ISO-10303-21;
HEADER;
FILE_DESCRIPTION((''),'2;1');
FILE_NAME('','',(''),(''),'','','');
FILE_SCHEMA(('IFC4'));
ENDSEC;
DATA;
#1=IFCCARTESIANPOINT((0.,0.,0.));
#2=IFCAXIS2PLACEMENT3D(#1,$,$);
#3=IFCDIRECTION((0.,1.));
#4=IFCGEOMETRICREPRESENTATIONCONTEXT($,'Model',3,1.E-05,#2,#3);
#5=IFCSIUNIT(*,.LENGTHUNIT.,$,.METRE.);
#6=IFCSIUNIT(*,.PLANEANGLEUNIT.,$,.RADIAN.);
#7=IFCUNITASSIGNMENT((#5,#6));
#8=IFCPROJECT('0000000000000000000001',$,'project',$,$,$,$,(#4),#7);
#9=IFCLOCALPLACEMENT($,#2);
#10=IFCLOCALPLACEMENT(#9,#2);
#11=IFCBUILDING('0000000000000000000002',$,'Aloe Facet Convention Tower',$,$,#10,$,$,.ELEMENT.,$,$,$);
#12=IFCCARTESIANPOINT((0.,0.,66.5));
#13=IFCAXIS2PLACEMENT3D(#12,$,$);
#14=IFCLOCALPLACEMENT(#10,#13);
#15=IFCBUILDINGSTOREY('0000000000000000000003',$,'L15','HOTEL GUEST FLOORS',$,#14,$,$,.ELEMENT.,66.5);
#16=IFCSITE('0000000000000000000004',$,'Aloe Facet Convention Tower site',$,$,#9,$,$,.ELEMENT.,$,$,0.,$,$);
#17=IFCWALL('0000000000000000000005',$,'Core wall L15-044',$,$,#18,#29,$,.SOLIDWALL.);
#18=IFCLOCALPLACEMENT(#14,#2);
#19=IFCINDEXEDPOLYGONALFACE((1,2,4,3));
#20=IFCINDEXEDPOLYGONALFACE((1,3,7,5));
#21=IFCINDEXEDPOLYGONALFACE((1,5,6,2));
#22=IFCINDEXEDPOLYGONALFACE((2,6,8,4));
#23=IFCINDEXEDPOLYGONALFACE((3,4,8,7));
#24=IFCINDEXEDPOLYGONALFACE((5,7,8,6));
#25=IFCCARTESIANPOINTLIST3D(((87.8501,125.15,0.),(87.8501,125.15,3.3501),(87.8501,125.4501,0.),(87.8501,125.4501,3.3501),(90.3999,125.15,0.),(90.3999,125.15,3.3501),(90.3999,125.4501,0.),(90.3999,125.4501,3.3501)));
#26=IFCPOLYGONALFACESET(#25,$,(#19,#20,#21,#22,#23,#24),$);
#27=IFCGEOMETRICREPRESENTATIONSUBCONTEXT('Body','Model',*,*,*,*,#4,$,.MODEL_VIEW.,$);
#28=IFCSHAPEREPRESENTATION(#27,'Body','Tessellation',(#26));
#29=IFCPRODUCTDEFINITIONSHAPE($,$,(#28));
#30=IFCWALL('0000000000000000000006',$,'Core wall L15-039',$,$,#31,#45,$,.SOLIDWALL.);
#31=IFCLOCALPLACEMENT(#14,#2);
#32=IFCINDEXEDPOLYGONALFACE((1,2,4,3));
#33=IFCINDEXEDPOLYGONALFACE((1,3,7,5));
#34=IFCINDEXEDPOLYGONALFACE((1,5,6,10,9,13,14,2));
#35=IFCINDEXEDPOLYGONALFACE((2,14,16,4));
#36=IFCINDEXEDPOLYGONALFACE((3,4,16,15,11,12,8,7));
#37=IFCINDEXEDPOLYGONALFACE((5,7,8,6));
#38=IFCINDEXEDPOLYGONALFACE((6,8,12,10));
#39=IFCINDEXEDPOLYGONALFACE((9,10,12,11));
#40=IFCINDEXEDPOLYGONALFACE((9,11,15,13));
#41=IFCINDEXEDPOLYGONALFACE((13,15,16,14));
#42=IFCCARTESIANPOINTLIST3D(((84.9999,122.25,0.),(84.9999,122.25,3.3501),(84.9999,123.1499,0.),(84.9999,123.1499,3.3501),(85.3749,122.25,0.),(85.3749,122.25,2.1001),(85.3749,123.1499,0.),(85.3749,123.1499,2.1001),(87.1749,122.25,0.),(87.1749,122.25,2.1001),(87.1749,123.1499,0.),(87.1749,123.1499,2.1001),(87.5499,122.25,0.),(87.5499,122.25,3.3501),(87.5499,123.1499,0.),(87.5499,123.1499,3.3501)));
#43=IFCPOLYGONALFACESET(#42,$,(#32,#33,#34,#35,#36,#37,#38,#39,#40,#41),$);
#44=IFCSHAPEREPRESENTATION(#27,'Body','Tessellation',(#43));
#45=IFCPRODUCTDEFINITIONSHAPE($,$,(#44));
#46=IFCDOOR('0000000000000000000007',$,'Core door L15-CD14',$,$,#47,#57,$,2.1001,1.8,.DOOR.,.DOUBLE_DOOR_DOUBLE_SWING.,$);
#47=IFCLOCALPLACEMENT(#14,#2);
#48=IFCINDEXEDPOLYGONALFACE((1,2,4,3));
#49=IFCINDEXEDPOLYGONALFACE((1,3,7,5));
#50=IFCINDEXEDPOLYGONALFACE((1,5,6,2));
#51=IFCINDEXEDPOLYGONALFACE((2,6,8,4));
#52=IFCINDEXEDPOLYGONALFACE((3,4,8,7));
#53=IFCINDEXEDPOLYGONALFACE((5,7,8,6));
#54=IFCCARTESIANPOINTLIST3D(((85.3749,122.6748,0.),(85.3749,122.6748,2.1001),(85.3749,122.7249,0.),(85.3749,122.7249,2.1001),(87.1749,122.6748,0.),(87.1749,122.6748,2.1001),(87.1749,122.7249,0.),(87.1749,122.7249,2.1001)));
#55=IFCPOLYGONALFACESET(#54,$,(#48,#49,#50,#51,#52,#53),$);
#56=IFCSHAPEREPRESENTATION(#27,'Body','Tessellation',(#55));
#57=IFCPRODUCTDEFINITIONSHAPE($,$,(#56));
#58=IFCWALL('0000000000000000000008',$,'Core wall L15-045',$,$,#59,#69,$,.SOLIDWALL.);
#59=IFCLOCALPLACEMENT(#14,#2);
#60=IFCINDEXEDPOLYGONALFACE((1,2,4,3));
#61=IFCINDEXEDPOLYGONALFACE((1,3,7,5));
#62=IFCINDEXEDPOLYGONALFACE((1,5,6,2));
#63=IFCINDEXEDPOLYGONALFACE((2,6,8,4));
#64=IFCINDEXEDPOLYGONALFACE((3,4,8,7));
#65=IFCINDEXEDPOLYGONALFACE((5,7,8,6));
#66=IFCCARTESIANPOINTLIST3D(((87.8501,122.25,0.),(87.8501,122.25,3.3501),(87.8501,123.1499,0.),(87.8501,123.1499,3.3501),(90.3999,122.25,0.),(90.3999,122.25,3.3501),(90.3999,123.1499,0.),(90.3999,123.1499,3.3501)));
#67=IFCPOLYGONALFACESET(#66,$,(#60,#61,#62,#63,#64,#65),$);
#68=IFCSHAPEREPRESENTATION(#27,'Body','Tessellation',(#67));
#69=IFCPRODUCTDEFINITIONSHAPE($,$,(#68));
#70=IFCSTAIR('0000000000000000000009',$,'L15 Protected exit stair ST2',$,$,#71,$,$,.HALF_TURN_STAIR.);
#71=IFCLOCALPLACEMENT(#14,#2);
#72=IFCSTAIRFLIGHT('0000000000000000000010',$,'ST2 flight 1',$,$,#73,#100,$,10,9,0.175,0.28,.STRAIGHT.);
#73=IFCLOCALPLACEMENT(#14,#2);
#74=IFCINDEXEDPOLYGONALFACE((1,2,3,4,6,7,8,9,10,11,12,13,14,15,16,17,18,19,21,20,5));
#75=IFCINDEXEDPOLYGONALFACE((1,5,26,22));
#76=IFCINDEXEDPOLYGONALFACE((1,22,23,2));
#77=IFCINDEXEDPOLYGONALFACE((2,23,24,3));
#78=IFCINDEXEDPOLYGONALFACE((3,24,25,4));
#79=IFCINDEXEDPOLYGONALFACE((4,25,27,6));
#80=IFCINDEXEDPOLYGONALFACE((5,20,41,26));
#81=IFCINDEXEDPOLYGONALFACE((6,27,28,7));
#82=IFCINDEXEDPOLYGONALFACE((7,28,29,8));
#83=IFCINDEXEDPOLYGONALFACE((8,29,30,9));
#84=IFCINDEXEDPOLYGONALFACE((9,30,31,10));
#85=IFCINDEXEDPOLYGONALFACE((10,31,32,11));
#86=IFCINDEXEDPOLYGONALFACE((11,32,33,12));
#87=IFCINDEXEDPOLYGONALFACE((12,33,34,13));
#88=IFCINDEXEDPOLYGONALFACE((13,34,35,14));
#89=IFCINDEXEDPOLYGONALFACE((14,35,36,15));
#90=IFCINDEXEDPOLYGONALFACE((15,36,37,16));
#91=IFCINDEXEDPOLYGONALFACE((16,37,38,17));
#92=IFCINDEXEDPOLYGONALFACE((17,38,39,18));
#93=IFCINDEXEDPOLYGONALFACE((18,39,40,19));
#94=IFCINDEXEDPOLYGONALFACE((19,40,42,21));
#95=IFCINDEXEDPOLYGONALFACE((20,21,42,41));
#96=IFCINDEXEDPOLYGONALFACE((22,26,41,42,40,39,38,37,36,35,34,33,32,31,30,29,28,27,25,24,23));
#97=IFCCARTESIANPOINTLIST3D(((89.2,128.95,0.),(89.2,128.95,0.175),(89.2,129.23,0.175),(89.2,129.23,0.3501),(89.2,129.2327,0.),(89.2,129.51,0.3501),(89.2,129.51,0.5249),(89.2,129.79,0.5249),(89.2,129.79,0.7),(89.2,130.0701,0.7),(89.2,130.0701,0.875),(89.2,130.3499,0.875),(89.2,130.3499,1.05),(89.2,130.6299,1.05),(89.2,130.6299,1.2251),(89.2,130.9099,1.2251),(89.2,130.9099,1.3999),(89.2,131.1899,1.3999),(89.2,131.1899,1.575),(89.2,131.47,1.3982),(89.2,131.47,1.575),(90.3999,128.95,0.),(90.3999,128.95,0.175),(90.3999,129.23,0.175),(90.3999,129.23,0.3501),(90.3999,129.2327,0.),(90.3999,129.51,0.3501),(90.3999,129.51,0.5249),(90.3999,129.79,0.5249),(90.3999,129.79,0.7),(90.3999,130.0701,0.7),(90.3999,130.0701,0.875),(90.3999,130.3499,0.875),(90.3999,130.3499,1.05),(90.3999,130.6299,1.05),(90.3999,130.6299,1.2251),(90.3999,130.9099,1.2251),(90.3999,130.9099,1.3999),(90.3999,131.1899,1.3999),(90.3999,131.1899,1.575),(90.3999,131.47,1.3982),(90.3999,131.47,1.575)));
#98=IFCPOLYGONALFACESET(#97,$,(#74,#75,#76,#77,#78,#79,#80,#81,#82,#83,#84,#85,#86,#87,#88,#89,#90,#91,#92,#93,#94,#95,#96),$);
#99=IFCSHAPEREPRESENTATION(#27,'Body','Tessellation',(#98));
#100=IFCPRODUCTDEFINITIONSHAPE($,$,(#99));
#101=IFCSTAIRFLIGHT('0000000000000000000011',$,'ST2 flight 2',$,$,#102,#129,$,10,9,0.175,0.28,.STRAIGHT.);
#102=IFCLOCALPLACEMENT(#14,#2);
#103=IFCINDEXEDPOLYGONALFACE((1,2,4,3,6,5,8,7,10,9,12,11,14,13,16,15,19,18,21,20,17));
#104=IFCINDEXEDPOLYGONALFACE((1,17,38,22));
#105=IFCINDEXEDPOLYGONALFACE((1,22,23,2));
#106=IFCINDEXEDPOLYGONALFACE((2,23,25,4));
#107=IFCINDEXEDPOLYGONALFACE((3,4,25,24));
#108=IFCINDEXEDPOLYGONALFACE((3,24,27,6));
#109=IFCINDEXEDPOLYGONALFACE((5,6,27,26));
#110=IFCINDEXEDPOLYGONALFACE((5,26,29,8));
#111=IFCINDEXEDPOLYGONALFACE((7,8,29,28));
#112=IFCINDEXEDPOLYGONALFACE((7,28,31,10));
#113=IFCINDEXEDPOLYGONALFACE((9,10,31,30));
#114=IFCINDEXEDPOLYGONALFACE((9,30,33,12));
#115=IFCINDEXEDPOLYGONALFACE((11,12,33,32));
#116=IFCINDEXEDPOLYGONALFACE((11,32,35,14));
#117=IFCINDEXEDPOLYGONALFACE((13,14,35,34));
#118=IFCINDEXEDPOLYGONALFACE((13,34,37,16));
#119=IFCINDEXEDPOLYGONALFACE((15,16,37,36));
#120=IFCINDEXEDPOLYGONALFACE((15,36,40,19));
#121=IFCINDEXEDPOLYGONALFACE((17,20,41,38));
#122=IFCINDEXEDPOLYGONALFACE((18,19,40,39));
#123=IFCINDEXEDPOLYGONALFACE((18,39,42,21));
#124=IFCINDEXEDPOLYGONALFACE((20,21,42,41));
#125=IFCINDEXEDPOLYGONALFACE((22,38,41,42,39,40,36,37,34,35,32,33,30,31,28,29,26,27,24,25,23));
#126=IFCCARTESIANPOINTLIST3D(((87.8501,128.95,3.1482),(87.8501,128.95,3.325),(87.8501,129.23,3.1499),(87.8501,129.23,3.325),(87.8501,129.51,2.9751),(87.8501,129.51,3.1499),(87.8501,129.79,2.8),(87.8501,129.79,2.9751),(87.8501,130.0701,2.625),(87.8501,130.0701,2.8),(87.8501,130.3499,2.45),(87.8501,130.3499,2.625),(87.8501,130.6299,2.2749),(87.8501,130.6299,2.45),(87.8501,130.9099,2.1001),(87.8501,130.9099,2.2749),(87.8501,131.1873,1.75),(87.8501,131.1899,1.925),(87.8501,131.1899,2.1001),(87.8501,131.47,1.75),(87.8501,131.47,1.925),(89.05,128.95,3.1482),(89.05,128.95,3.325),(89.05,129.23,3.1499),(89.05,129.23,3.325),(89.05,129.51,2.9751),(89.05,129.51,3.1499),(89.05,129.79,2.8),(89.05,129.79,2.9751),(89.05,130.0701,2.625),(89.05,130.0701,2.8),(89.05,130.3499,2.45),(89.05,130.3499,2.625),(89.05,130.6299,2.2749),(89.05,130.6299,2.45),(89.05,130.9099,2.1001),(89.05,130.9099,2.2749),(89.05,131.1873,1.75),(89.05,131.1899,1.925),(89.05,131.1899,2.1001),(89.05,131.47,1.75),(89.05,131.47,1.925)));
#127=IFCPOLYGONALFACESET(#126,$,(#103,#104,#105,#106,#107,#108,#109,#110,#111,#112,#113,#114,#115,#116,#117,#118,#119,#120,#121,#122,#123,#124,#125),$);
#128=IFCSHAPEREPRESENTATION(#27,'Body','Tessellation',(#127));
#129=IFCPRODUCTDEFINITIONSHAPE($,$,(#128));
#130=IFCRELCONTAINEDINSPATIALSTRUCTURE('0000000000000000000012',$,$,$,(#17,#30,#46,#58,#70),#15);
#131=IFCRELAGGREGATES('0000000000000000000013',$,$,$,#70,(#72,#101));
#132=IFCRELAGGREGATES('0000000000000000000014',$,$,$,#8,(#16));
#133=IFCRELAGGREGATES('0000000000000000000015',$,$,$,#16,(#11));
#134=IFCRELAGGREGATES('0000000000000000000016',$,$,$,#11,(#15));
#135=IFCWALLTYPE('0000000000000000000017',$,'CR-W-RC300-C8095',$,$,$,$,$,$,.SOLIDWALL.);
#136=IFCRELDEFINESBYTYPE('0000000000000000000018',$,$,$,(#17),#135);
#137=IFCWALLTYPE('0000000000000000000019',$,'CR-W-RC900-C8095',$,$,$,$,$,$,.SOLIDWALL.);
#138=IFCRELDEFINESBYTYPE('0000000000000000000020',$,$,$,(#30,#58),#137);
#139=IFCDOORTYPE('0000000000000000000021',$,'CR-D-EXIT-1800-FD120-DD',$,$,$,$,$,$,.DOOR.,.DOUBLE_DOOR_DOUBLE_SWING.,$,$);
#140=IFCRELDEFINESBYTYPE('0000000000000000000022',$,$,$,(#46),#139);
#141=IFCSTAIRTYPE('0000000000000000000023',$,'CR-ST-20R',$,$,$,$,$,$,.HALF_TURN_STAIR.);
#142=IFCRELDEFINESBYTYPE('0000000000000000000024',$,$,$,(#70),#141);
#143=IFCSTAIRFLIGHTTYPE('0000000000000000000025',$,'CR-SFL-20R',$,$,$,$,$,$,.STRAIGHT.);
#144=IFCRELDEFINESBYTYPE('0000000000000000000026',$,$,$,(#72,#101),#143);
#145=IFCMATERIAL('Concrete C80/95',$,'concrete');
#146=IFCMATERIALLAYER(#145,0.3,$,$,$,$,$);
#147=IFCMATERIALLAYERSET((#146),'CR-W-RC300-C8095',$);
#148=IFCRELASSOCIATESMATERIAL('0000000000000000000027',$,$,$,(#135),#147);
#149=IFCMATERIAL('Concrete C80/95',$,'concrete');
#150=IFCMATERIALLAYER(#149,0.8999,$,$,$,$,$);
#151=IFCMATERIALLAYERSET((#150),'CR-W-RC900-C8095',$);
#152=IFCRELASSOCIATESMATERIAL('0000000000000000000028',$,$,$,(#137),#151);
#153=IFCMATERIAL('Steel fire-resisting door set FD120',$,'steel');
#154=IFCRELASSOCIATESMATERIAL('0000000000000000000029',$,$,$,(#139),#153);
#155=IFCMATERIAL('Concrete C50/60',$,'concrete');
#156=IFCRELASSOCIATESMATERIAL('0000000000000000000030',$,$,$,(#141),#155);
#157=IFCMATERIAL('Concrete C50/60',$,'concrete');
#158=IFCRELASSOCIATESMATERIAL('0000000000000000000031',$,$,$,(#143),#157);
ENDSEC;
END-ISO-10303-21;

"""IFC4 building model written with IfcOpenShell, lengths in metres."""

from ifc_helpers import new_model, si_unit, direction, frame, frame_2d, origin, place, context, subcontext, project, spatial, polyline, rectangle, outline, extrude, material, layer, layer_set, type_object, element, fill, aggregate, save


model = new_model("IFC4")

# Units and contexts
model_context = context("Model", 3, precision=1e-05, world=origin(), true_north=direction((0.0, 1.0)))
body_context = subcontext(model_context, "Body", "Model", "MODEL_VIEW")
ifc_project = project(units=[si_unit("LENGTHUNIT", "METRE"), si_unit("PLANEANGLEUNIT", "RADIAN")], contexts=[model_context])

# Site, building, storey
site_placement = place(None, origin())
site = spatial("IfcSite", under=ifc_project, at=site_placement, Name="Aloe Facet Convention Tower site", CompositionType="ELEMENT", RefElevation=0.0)
building_placement = place(site_placement, origin())
building = spatial("IfcBuilding", under=site, at=building_placement, Name="Aloe Facet Convention Tower", CompositionType="ELEMENT")
storey_placement = place(building_placement, frame((0.0, 0.0, 66.5)))
storey = spatial("IfcBuildingStorey", under=building, at=storey_placement, Name="L15", Description="HOTEL GUEST FLOORS", CompositionType="ELEMENT", Elevation=66.5)

# Shared definitions
ifc_material_1 = material(Name="Concrete C80/95", Category="concrete")
ifc_layer_1 = layer(ifc_material_1, 0.3)
ifc_layer_set_1 = layer_set([ifc_layer_1], Name="CR-W-RC300-C8095")
wall_type_1 = type_object("IfcWallType", Name="CR-W-RC300-C8095", PredefinedType="SOLIDWALL", material=ifc_layer_set_1)

# Wall
for number, where, z_axis, x_axis, name in (
    (1, (87.8501, 125.3, 0.0), (0.0, 0.0, 1.0), (1.0, 0.0, 0.0), "Core wall L15-044"),
):
    element("IfcWall", number, at=place(storey_placement, frame(where, z_axis=z_axis, x_axis=x_axis)), inside=storey, type_object=wall_type_1, Name=name, PredefinedType="SOLIDWALL", context=body_context, shape_type="SweptSolid", body=[
        extrude(rectangle(XDim=2.5498, YDim=0.3, at=frame_2d((1.2749, 0.0))), origin(), (0.0, 0.0, 1.0), 3.3501),
    ])

# Wall, opening, door
ifc_material_2 = material(Name="Concrete C80/95", Category="concrete")
ifc_layer_2 = layer(ifc_material_2, 0.8999)
ifc_layer_set_2 = layer_set([ifc_layer_2], Name="CR-W-RC900-C8095")
wall_type_2 = type_object("IfcWallType", Name="CR-W-RC900-C8095", PredefinedType="SOLIDWALL", material=ifc_layer_set_2)
wall_1_placement = place(storey_placement, frame((85.0, 122.7, 0.0), z_axis=(0.0, 0.0, 1.0), x_axis=(1.0, 0.0, 0.0)))
wall_1 = element("IfcWall", 2, at=wall_1_placement, inside=storey, type_object=wall_type_2, Name="Core wall L15-039", PredefinedType="SOLIDWALL", context=body_context, shape_type="SweptSolid", body=[
    extrude(rectangle(XDim=2.55, YDim=0.8999, at=frame_2d((1.2749, 0.0))), origin(), (0.0, 0.0, 1.0), 3.3501),
])
opening_1_placement = place(wall_1_placement, frame((0.375, 0.0, 0.0)))
opening_1 = element("IfcOpeningElement", 3, at=opening_1_placement, cuts=wall_1, PredefinedType="OPENING", context=body_context, shape_type="SweptSolid", body=[
    extrude(rectangle(XDim=1.8, YDim=2.1001, at=frame_2d((0.8999, 1.05))), frame((0.0, 0.46, 0.0), z_axis=(0.0, -1.0, 0.0), x_axis=(1.0, 0.0, 0.0)), (0.0, 0.0, 1.0), 0.9199),
])
ifc_material_3 = material(Name="Steel fire-resisting door set FD120", Category="steel")
door_type_1 = type_object("IfcDoorType", Name="CR-D-EXIT-1800-FD120-DD", OperationType="DOUBLE_DOOR_DOUBLE_SWING", PredefinedType="DOOR", material=ifc_material_3)
door_1_placement = place(opening_1_placement, origin())
door_1 = element("IfcDoor", 4, at=door_1_placement, inside=storey, type_object=door_type_1, Name="Core door L15-CD14", OperationType="DOUBLE_DOOR_DOUBLE_SWING", OverallHeight=2.1001, OverallWidth=1.8, PredefinedType="DOOR", context=body_context, shape_type="SweptSolid", body=[
    extrude(rectangle(XDim=1.8, YDim=2.1001, at=frame_2d((0.8999, 1.05))), frame((0.0, 0.0249, 0.0), z_axis=(0.0, -1.0, 0.0), x_axis=(1.0, 0.0, 0.0)), (0.0, 0.0, 1.0), 0.05),
])
fill(opening_1, door_1)

# Wall
wall_2_placement = place(storey_placement, frame((87.8501, 122.7, 0.0), z_axis=(0.0, 0.0, 1.0), x_axis=(1.0, 0.0, 0.0)))
element("IfcWall", 5, at=wall_2_placement, inside=storey, type_object=wall_type_2, Name="Core wall L15-045", PredefinedType="SOLIDWALL", context=body_context, shape_type="SweptSolid", body=[
    extrude(rectangle(XDim=2.5498, YDim=0.8999, at=frame_2d((1.2749, 0.0))), origin(), (0.0, 0.0, 1.0), 3.3501),
])

# Stair, stair flights
ifc_material_4 = material(Name="Concrete C50/60", Category="concrete")
stair_type = type_object("IfcStairType", Name="CR-ST-20R", PredefinedType="HALF_TURN_STAIR", material=ifc_material_4)
stair_placement = place(storey_placement, origin())
stair = element("IfcStair", 6, at=stair_placement, inside=storey, type_object=stair_type, Name="L15 Protected exit stair ST2", PredefinedType="HALF_TURN_STAIR")
ifc_material_5 = material(Name="Concrete C50/60", Category="concrete")
stair_flight_type = type_object("IfcStairFlightType", Name="CR-SFL-20R", PredefinedType="STRAIGHT", material=ifc_material_5)
stair_flight_1_placement = place(storey_placement, frame((89.8, 128.95, 0.0), z_axis=(0.0, 0.0, 1.0), x_axis=(0.0, 1.0, 0.0)))
stair_flight_1 = element("IfcStairFlight", 7, at=stair_flight_1_placement, type_object=stair_flight_type, Name="ST2 flight 1", NumberOfRisers=10, NumberOfTreads=9, PredefinedType="STRAIGHT", RiserHeight=0.175, TreadLength=0.28, context=body_context, shape_type="SweptSolid", body=[
    extrude(outline(polyline([(0.0, 0.0), (0.0, 0.175), (0.28, 0.175), (0.28, 0.3501), (0.5601, 0.3501), (0.5601, 0.5249), (0.8401, 0.5249), (0.8401, 0.7), (1.1201, 0.7), (1.1201, 0.875), (1.3999, 0.875), (1.3999, 1.05), (1.6799, 1.05), (1.6799, 1.2251), (1.96, 1.2251), (1.96, 1.3999), (2.24, 1.3999), (2.24, 1.575), (2.52, 1.575), (2.52, 1.75), (2.52, 1.3982), (0.2827, 0.0), (0.0, 0.0)])), frame((0.0, 0.6001, 0.0), z_axis=(0.0, -1.0, 0.0), x_axis=(1.0, 0.0, 0.0)), (0.0, 0.0, 1.0), 1.2),
])
stair_flight_2_placement = place(storey_placement, frame((88.45, 131.47, 1.75), z_axis=(0.0, 0.0, 1.0), x_axis=(0.0, -1.0, 0.0)))
stair_flight_2 = element("IfcStairFlight", 8, at=stair_flight_2_placement, type_object=stair_flight_type, Name="ST2 flight 2", NumberOfRisers=10, NumberOfTreads=9, PredefinedType="STRAIGHT", RiserHeight=0.175, TreadLength=0.28, context=body_context, shape_type="SweptSolid", body=[
    extrude(outline(polyline([(0.0, 0.0), (0.0, 0.175), (0.28, 0.175), (0.28, 0.3501), (0.5601, 0.3501), (0.5601, 0.5249), (0.8401, 0.5249), (0.8401, 0.7), (1.1201, 0.7), (1.1201, 0.875), (1.3999, 0.875), (1.3999, 1.05), (1.6799, 1.05), (1.6799, 1.2251), (1.96, 1.2251), (1.96, 1.3999), (2.24, 1.3999), (2.24, 1.575), (2.52, 1.575), (2.52, 1.75), (2.52, 1.3982), (0.2827, 0.0), (0.0, 0.0)])), frame((0.0, 0.6001, 0.0), z_axis=(0.0, -1.0, 0.0), x_axis=(1.0, 0.0, 0.0)), (0.0, 0.0, 1.0), 1.2),
])
aggregate(stair, [stair_flight_1, stair_flight_2])

save(model, "model.ifc")
